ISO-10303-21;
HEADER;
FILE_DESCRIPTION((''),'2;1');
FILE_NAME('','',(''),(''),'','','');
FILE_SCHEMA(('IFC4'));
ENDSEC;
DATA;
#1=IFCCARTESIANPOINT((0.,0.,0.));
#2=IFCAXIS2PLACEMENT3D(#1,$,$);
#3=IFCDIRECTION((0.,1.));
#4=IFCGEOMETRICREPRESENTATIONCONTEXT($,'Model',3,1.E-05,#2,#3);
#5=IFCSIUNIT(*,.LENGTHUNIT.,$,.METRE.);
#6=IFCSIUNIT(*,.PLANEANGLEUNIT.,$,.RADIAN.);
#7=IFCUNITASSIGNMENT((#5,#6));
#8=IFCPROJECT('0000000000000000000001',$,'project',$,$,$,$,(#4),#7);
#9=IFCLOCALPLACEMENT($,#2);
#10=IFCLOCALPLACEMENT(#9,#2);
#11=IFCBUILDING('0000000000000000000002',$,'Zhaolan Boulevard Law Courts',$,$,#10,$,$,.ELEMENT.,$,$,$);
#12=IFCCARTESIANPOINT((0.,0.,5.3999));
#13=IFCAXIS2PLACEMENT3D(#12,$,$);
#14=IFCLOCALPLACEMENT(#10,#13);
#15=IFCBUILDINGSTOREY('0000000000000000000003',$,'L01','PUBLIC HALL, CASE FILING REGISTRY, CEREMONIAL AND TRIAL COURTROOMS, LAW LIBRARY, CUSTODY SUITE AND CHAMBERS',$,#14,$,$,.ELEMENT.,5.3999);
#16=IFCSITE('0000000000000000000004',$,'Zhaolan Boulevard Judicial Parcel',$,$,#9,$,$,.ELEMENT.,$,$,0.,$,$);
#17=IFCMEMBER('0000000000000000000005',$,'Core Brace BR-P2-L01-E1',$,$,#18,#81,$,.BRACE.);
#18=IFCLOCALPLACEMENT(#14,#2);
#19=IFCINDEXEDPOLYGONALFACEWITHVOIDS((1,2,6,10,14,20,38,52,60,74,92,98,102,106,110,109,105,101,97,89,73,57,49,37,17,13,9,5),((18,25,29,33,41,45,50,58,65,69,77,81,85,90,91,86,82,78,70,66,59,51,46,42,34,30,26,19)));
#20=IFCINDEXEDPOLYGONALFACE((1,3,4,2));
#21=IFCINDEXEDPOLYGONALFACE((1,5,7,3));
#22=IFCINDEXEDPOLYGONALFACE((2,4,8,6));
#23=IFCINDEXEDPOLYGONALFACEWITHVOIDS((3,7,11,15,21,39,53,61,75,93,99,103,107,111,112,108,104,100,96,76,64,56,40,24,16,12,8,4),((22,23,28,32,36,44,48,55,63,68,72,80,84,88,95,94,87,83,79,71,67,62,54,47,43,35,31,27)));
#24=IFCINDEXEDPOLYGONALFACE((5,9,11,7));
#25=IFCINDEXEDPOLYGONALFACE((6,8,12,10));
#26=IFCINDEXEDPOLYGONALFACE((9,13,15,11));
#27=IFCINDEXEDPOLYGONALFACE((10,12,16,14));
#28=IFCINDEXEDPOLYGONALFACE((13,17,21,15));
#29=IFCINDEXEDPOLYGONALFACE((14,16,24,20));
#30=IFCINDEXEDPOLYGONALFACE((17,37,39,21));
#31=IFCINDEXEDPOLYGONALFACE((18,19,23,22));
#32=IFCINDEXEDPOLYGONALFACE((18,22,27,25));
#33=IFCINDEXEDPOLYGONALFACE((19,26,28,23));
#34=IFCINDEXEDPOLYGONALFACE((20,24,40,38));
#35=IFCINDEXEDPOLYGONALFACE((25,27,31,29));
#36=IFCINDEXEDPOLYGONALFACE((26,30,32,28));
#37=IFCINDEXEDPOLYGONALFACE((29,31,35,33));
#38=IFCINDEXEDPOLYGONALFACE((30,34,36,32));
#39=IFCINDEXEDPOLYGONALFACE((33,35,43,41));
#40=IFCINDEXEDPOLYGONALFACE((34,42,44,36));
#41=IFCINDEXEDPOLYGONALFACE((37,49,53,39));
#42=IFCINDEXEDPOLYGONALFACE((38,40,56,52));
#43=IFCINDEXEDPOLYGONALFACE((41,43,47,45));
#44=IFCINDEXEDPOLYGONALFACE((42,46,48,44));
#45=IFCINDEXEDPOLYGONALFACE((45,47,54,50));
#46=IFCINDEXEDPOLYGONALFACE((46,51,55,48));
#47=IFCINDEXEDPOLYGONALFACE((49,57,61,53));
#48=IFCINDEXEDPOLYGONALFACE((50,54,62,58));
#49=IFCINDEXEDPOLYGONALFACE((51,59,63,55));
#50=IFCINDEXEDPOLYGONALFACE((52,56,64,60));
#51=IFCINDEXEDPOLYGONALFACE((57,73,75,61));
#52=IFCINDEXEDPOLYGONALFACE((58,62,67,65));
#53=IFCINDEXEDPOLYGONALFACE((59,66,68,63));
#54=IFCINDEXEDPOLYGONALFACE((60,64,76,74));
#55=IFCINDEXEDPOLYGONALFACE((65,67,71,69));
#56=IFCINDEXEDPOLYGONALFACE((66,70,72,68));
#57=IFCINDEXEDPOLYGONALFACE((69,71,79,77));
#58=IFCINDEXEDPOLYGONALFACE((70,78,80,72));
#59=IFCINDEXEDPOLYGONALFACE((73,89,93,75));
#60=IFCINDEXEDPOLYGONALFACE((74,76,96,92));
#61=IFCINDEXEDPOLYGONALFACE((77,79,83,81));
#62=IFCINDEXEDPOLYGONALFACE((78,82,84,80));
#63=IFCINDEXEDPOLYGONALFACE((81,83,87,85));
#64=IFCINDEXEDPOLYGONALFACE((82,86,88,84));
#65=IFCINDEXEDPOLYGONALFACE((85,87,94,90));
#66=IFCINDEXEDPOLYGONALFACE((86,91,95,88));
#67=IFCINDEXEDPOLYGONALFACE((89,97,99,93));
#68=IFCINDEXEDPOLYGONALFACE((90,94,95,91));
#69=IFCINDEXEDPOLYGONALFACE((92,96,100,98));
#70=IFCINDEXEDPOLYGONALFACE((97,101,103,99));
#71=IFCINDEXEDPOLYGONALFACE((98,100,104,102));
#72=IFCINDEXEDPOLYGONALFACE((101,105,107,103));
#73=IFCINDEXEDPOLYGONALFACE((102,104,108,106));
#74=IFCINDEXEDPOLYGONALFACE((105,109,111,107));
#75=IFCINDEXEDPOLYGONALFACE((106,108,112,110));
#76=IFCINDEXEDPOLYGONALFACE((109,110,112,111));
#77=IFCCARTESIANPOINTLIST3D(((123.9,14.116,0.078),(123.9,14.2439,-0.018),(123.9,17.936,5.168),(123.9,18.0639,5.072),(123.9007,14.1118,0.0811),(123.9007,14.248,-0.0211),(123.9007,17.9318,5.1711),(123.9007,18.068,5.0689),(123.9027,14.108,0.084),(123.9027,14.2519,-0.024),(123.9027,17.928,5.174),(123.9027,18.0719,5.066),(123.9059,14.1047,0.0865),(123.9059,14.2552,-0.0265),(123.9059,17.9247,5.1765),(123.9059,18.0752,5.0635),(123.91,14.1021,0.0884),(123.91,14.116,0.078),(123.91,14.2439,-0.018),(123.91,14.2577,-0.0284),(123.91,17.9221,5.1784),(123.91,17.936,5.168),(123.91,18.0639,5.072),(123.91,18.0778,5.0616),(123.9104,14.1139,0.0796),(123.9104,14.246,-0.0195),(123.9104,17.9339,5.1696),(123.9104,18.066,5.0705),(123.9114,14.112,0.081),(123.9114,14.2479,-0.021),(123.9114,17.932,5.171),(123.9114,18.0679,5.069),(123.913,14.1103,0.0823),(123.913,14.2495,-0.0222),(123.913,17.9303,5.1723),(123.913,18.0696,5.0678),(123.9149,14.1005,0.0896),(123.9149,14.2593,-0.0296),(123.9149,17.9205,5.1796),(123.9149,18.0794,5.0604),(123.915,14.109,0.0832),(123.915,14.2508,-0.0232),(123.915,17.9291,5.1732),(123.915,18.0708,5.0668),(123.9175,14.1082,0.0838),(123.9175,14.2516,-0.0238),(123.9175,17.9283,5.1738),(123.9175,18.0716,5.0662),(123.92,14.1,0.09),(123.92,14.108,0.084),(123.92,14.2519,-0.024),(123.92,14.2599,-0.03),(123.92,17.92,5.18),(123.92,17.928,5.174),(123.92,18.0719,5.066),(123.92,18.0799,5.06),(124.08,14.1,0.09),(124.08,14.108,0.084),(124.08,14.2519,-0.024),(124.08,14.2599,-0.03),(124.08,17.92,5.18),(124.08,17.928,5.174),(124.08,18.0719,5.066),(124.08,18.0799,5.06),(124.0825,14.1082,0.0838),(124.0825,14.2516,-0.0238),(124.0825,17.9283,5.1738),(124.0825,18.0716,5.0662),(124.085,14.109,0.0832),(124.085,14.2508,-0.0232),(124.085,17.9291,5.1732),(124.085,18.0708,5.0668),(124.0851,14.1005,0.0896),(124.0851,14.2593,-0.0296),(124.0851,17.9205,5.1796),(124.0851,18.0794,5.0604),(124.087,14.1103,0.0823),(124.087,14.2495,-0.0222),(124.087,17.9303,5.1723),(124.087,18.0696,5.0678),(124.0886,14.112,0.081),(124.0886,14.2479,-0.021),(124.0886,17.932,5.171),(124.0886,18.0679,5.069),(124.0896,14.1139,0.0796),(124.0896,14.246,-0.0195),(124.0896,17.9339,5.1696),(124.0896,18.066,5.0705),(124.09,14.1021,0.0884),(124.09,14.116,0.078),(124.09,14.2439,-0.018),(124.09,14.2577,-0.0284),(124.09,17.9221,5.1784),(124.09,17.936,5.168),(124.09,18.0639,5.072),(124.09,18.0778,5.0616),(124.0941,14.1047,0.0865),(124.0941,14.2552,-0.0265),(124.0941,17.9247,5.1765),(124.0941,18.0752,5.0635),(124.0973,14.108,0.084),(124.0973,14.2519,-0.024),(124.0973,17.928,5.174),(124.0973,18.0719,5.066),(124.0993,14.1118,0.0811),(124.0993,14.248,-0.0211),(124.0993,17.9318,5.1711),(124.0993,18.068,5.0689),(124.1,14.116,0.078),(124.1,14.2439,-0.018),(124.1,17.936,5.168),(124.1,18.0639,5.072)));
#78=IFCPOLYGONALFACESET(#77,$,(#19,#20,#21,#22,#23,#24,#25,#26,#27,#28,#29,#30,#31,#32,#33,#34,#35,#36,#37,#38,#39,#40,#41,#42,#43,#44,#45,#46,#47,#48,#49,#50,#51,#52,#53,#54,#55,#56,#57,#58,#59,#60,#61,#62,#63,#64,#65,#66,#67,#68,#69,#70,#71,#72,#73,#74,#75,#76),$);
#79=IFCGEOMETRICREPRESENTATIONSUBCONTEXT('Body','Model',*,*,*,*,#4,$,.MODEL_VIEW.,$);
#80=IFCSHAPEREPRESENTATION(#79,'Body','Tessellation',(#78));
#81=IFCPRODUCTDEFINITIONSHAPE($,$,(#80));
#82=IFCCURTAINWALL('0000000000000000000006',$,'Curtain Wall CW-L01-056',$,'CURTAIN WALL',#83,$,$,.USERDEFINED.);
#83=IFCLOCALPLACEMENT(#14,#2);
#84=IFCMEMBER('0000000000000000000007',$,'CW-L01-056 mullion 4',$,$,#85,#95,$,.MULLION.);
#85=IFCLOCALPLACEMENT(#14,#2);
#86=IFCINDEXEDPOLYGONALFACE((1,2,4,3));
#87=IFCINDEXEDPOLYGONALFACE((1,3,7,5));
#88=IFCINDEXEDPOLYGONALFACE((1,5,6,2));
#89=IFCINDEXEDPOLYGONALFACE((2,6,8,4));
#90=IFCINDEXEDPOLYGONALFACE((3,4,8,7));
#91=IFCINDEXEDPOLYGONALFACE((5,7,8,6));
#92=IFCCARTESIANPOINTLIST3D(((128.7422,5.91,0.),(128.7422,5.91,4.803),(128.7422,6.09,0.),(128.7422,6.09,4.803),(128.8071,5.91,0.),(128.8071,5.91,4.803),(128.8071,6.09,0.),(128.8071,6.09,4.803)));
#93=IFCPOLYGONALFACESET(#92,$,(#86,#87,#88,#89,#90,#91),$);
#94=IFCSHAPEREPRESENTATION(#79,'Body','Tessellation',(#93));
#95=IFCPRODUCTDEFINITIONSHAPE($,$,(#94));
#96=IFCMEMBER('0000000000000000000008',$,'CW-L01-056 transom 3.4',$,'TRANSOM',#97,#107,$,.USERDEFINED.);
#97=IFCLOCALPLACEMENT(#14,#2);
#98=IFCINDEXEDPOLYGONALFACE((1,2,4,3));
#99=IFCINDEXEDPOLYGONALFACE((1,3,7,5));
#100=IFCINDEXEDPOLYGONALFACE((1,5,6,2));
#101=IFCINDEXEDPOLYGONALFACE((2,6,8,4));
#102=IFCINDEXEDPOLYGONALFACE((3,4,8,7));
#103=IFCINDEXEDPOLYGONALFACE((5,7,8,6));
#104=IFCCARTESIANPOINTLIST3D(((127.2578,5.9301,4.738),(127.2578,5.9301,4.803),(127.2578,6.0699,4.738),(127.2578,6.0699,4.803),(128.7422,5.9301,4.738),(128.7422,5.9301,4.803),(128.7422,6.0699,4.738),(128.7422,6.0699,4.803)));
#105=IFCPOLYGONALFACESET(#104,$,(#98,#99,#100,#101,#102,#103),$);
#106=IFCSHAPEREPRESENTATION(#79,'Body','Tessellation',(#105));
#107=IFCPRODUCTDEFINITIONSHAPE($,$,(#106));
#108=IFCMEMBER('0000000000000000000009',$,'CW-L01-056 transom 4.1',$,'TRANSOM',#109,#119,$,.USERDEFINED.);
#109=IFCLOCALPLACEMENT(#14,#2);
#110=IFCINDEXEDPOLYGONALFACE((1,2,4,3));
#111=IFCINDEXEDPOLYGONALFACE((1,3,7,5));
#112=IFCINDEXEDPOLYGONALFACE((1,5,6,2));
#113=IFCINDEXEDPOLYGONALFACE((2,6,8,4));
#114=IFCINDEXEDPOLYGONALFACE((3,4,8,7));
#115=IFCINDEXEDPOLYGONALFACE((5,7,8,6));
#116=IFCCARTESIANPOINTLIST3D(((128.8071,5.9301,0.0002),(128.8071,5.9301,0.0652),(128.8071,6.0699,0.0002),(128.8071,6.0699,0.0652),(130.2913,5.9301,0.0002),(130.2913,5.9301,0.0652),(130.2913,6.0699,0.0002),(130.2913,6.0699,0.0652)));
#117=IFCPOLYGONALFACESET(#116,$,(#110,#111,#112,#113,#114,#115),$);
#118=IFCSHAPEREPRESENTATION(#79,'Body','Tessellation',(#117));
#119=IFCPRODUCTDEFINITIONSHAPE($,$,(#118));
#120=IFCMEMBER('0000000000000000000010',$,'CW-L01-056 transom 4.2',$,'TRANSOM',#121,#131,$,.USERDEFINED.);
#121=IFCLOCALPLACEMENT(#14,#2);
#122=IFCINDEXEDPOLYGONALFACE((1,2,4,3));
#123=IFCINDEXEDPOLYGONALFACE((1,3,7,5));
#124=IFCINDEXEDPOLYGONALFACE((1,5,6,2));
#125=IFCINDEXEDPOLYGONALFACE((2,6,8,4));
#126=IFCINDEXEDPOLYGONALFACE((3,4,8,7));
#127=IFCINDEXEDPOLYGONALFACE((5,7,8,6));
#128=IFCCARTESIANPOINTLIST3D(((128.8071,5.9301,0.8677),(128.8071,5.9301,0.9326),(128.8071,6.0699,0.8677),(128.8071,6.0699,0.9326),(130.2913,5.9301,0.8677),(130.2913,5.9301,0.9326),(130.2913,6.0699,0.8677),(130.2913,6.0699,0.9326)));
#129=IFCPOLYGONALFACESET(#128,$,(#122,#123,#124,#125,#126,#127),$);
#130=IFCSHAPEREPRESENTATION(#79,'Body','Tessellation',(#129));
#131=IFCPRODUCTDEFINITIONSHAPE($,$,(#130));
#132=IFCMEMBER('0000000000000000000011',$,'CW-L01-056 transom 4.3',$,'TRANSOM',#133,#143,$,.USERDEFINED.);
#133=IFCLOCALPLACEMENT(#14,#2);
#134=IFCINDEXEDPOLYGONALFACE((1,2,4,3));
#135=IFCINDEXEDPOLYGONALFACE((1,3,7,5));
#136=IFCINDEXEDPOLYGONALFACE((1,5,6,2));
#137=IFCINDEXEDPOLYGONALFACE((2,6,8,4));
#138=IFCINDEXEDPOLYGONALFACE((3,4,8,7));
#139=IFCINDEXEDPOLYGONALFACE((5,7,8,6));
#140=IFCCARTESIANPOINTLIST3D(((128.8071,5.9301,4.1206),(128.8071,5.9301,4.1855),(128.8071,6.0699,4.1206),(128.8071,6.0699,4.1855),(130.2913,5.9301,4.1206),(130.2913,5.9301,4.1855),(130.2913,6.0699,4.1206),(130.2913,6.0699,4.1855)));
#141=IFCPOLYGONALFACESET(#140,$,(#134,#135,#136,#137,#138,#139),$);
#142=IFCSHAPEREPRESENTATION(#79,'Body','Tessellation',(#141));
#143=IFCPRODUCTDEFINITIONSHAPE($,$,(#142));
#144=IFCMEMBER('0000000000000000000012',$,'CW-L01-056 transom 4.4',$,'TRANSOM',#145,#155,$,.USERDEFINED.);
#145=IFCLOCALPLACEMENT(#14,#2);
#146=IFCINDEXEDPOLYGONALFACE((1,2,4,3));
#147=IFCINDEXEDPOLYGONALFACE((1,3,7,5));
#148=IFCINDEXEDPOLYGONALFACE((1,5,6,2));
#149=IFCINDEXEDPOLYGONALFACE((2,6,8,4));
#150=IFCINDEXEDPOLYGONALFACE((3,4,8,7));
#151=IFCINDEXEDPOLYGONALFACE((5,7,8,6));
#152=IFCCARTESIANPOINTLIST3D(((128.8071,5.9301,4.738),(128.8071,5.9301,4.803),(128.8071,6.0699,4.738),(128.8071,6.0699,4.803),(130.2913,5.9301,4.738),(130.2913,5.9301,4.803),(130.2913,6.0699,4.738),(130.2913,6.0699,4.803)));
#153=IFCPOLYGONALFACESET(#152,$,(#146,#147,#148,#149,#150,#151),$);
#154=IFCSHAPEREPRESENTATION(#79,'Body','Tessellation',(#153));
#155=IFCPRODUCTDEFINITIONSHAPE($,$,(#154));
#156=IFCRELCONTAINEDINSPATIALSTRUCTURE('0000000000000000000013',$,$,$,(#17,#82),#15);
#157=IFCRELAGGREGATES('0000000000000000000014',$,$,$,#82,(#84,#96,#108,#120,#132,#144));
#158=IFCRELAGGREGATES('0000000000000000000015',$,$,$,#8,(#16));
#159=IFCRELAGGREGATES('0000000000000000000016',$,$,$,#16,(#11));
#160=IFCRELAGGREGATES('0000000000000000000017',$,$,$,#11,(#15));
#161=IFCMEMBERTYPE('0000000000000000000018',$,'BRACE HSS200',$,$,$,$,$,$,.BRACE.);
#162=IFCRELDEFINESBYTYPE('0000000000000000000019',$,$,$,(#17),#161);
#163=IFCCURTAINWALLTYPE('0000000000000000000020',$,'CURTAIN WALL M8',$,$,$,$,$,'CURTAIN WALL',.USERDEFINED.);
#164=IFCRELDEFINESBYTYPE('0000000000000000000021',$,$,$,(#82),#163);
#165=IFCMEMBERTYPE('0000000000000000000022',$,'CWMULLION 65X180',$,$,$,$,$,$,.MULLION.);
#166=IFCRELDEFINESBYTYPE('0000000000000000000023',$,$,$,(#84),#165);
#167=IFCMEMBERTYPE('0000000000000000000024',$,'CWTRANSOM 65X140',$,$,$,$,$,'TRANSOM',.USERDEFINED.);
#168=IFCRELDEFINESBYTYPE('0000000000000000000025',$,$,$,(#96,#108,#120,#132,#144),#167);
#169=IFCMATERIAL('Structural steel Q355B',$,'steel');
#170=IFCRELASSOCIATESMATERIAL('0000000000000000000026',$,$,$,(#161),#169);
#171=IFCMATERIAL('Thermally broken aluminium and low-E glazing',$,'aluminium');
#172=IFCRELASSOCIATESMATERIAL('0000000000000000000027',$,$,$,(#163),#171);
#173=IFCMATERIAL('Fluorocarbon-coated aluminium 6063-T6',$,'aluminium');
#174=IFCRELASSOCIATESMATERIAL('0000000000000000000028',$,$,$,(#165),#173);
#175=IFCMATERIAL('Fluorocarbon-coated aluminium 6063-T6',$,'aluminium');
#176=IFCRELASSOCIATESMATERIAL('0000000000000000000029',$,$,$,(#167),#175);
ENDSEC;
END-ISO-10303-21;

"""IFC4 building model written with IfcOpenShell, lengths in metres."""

from ifc_helpers import new_model, si_unit, direction, frame, origin, origin_2d, place, context, subcontext, project, spatial, rectangle, hollow_rectangle, extrude, material, material_profile, profile_set, type_object, element, aggregate, save


model = new_model("IFC4")

# Units and contexts
model_context = context("Model", 3, precision=1e-05, world=origin(), true_north=direction((0.0, 1.0)))
body_context = subcontext(model_context, "Body", "Model", "MODEL_VIEW")
ifc_project = project(units=[si_unit("LENGTHUNIT", "METRE"), si_unit("PLANEANGLEUNIT", "RADIAN")], contexts=[model_context])

# Site, building, storey
site_placement = place(None, origin())
site = spatial("IfcSite", under=ifc_project, at=site_placement, Name="Zhaolan Boulevard Judicial Parcel", CompositionType="ELEMENT", RefElevation=0.0)
building_placement = place(site_placement, origin())
building = spatial("IfcBuilding", under=site, at=building_placement, Name="Zhaolan Boulevard Law Courts", CompositionType="ELEMENT")
storey_placement = place(building_placement, frame((0.0, 0.0, 5.3999)))
storey = spatial("IfcBuildingStorey", under=building, at=storey_placement, Name="L01", Description="PUBLIC HALL, CASE FILING REGISTRY, CEREMONIAL AND TRIAL COURTROOMS, LAW LIBRARY, CUSTODY SUITE AND CHAMBERS", CompositionType="ELEMENT", Elevation=5.3999)

# Member
ifc_material_1 = material(Name="Structural steel Q355B", Category="steel")
ifc_material_profile_1 = material_profile(ifc_material_1, hollow_rectangle(XDim=0.2, YDim=0.2, WallThickness=0.01, InnerFilletRadius=0.01, OuterFilletRadius=0.02, at=origin_2d()), Name="HSS200x200x10")
ifc_profile_set_1 = profile_set([ifc_material_profile_1], Name="Structural steel Q355B")
member_type_1 = type_object("IfcMemberType", Name="BRACE HSS200", PredefinedType="BRACE", material=ifc_profile_set_1)
for number, where, z_axis, x_axis, name in (
    (1, (124.0, 14.1799, 0.03), (0.0, 0.600252, 0.799811), (-1.0, 0.0, 0.0), "Core Brace BR-P2-L01-E1"),
):
    element("IfcMember", number, at=place(storey_placement, frame(where, z_axis=z_axis, x_axis=x_axis)), inside=storey, type_object=member_type_1, Name=name, PredefinedType="BRACE", context=body_context, shape_type="SweptSolid", body=[
        extrude(hollow_rectangle(XDim=0.2, YDim=0.2, WallThickness=0.01, InnerFilletRadius=0.01, OuterFilletRadius=0.02, at=origin_2d()), origin(), (0.0, 0.0, 1.0), 6.364),
    ])

# Curtain wall, members
ifc_material_2 = material(Name="Thermally broken aluminium and low-E glazing", Category="aluminium")
curtain_wall_type = type_object("IfcCurtainWallType", Name="CURTAIN WALL M8", ElementType="CURTAIN WALL", PredefinedType="USERDEFINED", material=ifc_material_2)
curtain_wall_placement = place(storey_placement, origin())
curtain_wall = element("IfcCurtainWall", 2, at=curtain_wall_placement, inside=storey, type_object=curtain_wall_type, Name="Curtain Wall CW-L01-056", ObjectType="CURTAIN WALL", PredefinedType="USERDEFINED")
ifc_material_3 = material(Name="Fluorocarbon-coated aluminium 6063-T6", Category="aluminium")
ifc_material_profile_2 = material_profile(ifc_material_3, rectangle(XDim=0.1799, YDim=0.0649, at=origin_2d()), Name="AL65x180")
ifc_profile_set_2 = profile_set([ifc_material_profile_2], Name="Fluorocarbon-coated aluminium 6063-T6")
member_type_2 = type_object("IfcMemberType", Name="CWMULLION 65X180", PredefinedType="MULLION", material=ifc_profile_set_2)
member_1_placement = place(storey_placement, frame((128.7747, 6.0, 0.0), z_axis=(0.0, 0.0, 1.0), x_axis=(0.0, 1.0, 0.0)))
member_1 = element("IfcMember", 3, at=member_1_placement, type_object=member_type_2, Name="CW-L01-056 mullion 4", PredefinedType="MULLION", context=body_context, shape_type="SweptSolid", body=[
    extrude(rectangle(XDim=0.1799, YDim=0.0649, at=origin_2d()), origin(), (0.0, 0.0, 1.0), 4.803),
])
ifc_material_4 = material(Name="Fluorocarbon-coated aluminium 6063-T6", Category="aluminium")
ifc_material_profile_3 = material_profile(ifc_material_4, rectangle(XDim=0.1399, YDim=0.0649, at=origin_2d()), Name="AL65x140")
ifc_profile_set_3 = profile_set([ifc_material_profile_3], Name="Fluorocarbon-coated aluminium 6063-T6")
member_type_3 = type_object("IfcMemberType", Name="CWTRANSOM 65X140", ElementType="TRANSOM", PredefinedType="USERDEFINED", material=ifc_profile_set_3)
member_2_placement = place(storey_placement, frame((127.2578, 6.0, 4.7705), z_axis=(1.0, 0.0, 0.0), x_axis=(0.0, 1.0, 0.0)))
member_2 = element("IfcMember", 4, at=member_2_placement, type_object=member_type_3, Name="CW-L01-056 transom 3.4", ObjectType="TRANSOM", PredefinedType="USERDEFINED", context=body_context, shape_type="SweptSolid", body=[
    extrude(rectangle(XDim=0.1399, YDim=0.0649, at=origin_2d()), origin(), (0.0, 0.0, 1.0), 1.4844),
])
member_3_placement = place(storey_placement, frame((128.8071, 6.0, 0.0327), z_axis=(1.0, 0.0, 0.0), x_axis=(0.0, 1.0, 0.0)))
member_3 = element("IfcMember", 5, at=member_3_placement, type_object=member_type_3, Name="CW-L01-056 transom 4.1", ObjectType="TRANSOM", PredefinedType="USERDEFINED", context=body_context, shape_type="SweptSolid", body=[
    extrude(rectangle(XDim=0.1399, YDim=0.0649, at=origin_2d()), origin(), (0.0, 0.0, 1.0), 1.4841),
])
member_4_placement = place(storey_placement, frame((128.8071, 6.0, 0.9001), z_axis=(1.0, 0.0, 0.0), x_axis=(0.0, 1.0, 0.0)))
member_4 = element("IfcMember", 6, at=member_4_placement, type_object=member_type_3, Name="CW-L01-056 transom 4.2", ObjectType="TRANSOM", PredefinedType="USERDEFINED", context=body_context, shape_type="SweptSolid", body=[
    extrude(rectangle(XDim=0.1399, YDim=0.0649, at=origin_2d()), origin(), (0.0, 0.0, 1.0), 1.4841),
])
member_5_placement = place(storey_placement, frame((128.8071, 6.0, 4.1531), z_axis=(1.0, 0.0, 0.0), x_axis=(0.0, 1.0, 0.0)))
member_5 = element("IfcMember", 7, at=member_5_placement, type_object=member_type_3, Name="CW-L01-056 transom 4.3", ObjectType="TRANSOM", PredefinedType="USERDEFINED", context=body_context, shape_type="SweptSolid", body=[
    extrude(rectangle(XDim=0.1399, YDim=0.0649, at=origin_2d()), origin(), (0.0, 0.0, 1.0), 1.4841),
])
member_6_placement = place(storey_placement, frame((128.8071, 6.0, 4.7705), z_axis=(1.0, 0.0, 0.0), x_axis=(0.0, 1.0, 0.0)))
member_6 = element("IfcMember", 8, at=member_6_placement, type_object=member_type_3, Name="CW-L01-056 transom 4.4", ObjectType="TRANSOM", PredefinedType="USERDEFINED", context=body_context, shape_type="SweptSolid", body=[
    extrude(rectangle(XDim=0.1399, YDim=0.0649, at=origin_2d()), origin(), (0.0, 0.0, 1.0), 1.4841),
])

aggregate(curtain_wall, [member_1, member_2, member_3, member_4, member_5, member_6])

save(model, "model.ifc")
